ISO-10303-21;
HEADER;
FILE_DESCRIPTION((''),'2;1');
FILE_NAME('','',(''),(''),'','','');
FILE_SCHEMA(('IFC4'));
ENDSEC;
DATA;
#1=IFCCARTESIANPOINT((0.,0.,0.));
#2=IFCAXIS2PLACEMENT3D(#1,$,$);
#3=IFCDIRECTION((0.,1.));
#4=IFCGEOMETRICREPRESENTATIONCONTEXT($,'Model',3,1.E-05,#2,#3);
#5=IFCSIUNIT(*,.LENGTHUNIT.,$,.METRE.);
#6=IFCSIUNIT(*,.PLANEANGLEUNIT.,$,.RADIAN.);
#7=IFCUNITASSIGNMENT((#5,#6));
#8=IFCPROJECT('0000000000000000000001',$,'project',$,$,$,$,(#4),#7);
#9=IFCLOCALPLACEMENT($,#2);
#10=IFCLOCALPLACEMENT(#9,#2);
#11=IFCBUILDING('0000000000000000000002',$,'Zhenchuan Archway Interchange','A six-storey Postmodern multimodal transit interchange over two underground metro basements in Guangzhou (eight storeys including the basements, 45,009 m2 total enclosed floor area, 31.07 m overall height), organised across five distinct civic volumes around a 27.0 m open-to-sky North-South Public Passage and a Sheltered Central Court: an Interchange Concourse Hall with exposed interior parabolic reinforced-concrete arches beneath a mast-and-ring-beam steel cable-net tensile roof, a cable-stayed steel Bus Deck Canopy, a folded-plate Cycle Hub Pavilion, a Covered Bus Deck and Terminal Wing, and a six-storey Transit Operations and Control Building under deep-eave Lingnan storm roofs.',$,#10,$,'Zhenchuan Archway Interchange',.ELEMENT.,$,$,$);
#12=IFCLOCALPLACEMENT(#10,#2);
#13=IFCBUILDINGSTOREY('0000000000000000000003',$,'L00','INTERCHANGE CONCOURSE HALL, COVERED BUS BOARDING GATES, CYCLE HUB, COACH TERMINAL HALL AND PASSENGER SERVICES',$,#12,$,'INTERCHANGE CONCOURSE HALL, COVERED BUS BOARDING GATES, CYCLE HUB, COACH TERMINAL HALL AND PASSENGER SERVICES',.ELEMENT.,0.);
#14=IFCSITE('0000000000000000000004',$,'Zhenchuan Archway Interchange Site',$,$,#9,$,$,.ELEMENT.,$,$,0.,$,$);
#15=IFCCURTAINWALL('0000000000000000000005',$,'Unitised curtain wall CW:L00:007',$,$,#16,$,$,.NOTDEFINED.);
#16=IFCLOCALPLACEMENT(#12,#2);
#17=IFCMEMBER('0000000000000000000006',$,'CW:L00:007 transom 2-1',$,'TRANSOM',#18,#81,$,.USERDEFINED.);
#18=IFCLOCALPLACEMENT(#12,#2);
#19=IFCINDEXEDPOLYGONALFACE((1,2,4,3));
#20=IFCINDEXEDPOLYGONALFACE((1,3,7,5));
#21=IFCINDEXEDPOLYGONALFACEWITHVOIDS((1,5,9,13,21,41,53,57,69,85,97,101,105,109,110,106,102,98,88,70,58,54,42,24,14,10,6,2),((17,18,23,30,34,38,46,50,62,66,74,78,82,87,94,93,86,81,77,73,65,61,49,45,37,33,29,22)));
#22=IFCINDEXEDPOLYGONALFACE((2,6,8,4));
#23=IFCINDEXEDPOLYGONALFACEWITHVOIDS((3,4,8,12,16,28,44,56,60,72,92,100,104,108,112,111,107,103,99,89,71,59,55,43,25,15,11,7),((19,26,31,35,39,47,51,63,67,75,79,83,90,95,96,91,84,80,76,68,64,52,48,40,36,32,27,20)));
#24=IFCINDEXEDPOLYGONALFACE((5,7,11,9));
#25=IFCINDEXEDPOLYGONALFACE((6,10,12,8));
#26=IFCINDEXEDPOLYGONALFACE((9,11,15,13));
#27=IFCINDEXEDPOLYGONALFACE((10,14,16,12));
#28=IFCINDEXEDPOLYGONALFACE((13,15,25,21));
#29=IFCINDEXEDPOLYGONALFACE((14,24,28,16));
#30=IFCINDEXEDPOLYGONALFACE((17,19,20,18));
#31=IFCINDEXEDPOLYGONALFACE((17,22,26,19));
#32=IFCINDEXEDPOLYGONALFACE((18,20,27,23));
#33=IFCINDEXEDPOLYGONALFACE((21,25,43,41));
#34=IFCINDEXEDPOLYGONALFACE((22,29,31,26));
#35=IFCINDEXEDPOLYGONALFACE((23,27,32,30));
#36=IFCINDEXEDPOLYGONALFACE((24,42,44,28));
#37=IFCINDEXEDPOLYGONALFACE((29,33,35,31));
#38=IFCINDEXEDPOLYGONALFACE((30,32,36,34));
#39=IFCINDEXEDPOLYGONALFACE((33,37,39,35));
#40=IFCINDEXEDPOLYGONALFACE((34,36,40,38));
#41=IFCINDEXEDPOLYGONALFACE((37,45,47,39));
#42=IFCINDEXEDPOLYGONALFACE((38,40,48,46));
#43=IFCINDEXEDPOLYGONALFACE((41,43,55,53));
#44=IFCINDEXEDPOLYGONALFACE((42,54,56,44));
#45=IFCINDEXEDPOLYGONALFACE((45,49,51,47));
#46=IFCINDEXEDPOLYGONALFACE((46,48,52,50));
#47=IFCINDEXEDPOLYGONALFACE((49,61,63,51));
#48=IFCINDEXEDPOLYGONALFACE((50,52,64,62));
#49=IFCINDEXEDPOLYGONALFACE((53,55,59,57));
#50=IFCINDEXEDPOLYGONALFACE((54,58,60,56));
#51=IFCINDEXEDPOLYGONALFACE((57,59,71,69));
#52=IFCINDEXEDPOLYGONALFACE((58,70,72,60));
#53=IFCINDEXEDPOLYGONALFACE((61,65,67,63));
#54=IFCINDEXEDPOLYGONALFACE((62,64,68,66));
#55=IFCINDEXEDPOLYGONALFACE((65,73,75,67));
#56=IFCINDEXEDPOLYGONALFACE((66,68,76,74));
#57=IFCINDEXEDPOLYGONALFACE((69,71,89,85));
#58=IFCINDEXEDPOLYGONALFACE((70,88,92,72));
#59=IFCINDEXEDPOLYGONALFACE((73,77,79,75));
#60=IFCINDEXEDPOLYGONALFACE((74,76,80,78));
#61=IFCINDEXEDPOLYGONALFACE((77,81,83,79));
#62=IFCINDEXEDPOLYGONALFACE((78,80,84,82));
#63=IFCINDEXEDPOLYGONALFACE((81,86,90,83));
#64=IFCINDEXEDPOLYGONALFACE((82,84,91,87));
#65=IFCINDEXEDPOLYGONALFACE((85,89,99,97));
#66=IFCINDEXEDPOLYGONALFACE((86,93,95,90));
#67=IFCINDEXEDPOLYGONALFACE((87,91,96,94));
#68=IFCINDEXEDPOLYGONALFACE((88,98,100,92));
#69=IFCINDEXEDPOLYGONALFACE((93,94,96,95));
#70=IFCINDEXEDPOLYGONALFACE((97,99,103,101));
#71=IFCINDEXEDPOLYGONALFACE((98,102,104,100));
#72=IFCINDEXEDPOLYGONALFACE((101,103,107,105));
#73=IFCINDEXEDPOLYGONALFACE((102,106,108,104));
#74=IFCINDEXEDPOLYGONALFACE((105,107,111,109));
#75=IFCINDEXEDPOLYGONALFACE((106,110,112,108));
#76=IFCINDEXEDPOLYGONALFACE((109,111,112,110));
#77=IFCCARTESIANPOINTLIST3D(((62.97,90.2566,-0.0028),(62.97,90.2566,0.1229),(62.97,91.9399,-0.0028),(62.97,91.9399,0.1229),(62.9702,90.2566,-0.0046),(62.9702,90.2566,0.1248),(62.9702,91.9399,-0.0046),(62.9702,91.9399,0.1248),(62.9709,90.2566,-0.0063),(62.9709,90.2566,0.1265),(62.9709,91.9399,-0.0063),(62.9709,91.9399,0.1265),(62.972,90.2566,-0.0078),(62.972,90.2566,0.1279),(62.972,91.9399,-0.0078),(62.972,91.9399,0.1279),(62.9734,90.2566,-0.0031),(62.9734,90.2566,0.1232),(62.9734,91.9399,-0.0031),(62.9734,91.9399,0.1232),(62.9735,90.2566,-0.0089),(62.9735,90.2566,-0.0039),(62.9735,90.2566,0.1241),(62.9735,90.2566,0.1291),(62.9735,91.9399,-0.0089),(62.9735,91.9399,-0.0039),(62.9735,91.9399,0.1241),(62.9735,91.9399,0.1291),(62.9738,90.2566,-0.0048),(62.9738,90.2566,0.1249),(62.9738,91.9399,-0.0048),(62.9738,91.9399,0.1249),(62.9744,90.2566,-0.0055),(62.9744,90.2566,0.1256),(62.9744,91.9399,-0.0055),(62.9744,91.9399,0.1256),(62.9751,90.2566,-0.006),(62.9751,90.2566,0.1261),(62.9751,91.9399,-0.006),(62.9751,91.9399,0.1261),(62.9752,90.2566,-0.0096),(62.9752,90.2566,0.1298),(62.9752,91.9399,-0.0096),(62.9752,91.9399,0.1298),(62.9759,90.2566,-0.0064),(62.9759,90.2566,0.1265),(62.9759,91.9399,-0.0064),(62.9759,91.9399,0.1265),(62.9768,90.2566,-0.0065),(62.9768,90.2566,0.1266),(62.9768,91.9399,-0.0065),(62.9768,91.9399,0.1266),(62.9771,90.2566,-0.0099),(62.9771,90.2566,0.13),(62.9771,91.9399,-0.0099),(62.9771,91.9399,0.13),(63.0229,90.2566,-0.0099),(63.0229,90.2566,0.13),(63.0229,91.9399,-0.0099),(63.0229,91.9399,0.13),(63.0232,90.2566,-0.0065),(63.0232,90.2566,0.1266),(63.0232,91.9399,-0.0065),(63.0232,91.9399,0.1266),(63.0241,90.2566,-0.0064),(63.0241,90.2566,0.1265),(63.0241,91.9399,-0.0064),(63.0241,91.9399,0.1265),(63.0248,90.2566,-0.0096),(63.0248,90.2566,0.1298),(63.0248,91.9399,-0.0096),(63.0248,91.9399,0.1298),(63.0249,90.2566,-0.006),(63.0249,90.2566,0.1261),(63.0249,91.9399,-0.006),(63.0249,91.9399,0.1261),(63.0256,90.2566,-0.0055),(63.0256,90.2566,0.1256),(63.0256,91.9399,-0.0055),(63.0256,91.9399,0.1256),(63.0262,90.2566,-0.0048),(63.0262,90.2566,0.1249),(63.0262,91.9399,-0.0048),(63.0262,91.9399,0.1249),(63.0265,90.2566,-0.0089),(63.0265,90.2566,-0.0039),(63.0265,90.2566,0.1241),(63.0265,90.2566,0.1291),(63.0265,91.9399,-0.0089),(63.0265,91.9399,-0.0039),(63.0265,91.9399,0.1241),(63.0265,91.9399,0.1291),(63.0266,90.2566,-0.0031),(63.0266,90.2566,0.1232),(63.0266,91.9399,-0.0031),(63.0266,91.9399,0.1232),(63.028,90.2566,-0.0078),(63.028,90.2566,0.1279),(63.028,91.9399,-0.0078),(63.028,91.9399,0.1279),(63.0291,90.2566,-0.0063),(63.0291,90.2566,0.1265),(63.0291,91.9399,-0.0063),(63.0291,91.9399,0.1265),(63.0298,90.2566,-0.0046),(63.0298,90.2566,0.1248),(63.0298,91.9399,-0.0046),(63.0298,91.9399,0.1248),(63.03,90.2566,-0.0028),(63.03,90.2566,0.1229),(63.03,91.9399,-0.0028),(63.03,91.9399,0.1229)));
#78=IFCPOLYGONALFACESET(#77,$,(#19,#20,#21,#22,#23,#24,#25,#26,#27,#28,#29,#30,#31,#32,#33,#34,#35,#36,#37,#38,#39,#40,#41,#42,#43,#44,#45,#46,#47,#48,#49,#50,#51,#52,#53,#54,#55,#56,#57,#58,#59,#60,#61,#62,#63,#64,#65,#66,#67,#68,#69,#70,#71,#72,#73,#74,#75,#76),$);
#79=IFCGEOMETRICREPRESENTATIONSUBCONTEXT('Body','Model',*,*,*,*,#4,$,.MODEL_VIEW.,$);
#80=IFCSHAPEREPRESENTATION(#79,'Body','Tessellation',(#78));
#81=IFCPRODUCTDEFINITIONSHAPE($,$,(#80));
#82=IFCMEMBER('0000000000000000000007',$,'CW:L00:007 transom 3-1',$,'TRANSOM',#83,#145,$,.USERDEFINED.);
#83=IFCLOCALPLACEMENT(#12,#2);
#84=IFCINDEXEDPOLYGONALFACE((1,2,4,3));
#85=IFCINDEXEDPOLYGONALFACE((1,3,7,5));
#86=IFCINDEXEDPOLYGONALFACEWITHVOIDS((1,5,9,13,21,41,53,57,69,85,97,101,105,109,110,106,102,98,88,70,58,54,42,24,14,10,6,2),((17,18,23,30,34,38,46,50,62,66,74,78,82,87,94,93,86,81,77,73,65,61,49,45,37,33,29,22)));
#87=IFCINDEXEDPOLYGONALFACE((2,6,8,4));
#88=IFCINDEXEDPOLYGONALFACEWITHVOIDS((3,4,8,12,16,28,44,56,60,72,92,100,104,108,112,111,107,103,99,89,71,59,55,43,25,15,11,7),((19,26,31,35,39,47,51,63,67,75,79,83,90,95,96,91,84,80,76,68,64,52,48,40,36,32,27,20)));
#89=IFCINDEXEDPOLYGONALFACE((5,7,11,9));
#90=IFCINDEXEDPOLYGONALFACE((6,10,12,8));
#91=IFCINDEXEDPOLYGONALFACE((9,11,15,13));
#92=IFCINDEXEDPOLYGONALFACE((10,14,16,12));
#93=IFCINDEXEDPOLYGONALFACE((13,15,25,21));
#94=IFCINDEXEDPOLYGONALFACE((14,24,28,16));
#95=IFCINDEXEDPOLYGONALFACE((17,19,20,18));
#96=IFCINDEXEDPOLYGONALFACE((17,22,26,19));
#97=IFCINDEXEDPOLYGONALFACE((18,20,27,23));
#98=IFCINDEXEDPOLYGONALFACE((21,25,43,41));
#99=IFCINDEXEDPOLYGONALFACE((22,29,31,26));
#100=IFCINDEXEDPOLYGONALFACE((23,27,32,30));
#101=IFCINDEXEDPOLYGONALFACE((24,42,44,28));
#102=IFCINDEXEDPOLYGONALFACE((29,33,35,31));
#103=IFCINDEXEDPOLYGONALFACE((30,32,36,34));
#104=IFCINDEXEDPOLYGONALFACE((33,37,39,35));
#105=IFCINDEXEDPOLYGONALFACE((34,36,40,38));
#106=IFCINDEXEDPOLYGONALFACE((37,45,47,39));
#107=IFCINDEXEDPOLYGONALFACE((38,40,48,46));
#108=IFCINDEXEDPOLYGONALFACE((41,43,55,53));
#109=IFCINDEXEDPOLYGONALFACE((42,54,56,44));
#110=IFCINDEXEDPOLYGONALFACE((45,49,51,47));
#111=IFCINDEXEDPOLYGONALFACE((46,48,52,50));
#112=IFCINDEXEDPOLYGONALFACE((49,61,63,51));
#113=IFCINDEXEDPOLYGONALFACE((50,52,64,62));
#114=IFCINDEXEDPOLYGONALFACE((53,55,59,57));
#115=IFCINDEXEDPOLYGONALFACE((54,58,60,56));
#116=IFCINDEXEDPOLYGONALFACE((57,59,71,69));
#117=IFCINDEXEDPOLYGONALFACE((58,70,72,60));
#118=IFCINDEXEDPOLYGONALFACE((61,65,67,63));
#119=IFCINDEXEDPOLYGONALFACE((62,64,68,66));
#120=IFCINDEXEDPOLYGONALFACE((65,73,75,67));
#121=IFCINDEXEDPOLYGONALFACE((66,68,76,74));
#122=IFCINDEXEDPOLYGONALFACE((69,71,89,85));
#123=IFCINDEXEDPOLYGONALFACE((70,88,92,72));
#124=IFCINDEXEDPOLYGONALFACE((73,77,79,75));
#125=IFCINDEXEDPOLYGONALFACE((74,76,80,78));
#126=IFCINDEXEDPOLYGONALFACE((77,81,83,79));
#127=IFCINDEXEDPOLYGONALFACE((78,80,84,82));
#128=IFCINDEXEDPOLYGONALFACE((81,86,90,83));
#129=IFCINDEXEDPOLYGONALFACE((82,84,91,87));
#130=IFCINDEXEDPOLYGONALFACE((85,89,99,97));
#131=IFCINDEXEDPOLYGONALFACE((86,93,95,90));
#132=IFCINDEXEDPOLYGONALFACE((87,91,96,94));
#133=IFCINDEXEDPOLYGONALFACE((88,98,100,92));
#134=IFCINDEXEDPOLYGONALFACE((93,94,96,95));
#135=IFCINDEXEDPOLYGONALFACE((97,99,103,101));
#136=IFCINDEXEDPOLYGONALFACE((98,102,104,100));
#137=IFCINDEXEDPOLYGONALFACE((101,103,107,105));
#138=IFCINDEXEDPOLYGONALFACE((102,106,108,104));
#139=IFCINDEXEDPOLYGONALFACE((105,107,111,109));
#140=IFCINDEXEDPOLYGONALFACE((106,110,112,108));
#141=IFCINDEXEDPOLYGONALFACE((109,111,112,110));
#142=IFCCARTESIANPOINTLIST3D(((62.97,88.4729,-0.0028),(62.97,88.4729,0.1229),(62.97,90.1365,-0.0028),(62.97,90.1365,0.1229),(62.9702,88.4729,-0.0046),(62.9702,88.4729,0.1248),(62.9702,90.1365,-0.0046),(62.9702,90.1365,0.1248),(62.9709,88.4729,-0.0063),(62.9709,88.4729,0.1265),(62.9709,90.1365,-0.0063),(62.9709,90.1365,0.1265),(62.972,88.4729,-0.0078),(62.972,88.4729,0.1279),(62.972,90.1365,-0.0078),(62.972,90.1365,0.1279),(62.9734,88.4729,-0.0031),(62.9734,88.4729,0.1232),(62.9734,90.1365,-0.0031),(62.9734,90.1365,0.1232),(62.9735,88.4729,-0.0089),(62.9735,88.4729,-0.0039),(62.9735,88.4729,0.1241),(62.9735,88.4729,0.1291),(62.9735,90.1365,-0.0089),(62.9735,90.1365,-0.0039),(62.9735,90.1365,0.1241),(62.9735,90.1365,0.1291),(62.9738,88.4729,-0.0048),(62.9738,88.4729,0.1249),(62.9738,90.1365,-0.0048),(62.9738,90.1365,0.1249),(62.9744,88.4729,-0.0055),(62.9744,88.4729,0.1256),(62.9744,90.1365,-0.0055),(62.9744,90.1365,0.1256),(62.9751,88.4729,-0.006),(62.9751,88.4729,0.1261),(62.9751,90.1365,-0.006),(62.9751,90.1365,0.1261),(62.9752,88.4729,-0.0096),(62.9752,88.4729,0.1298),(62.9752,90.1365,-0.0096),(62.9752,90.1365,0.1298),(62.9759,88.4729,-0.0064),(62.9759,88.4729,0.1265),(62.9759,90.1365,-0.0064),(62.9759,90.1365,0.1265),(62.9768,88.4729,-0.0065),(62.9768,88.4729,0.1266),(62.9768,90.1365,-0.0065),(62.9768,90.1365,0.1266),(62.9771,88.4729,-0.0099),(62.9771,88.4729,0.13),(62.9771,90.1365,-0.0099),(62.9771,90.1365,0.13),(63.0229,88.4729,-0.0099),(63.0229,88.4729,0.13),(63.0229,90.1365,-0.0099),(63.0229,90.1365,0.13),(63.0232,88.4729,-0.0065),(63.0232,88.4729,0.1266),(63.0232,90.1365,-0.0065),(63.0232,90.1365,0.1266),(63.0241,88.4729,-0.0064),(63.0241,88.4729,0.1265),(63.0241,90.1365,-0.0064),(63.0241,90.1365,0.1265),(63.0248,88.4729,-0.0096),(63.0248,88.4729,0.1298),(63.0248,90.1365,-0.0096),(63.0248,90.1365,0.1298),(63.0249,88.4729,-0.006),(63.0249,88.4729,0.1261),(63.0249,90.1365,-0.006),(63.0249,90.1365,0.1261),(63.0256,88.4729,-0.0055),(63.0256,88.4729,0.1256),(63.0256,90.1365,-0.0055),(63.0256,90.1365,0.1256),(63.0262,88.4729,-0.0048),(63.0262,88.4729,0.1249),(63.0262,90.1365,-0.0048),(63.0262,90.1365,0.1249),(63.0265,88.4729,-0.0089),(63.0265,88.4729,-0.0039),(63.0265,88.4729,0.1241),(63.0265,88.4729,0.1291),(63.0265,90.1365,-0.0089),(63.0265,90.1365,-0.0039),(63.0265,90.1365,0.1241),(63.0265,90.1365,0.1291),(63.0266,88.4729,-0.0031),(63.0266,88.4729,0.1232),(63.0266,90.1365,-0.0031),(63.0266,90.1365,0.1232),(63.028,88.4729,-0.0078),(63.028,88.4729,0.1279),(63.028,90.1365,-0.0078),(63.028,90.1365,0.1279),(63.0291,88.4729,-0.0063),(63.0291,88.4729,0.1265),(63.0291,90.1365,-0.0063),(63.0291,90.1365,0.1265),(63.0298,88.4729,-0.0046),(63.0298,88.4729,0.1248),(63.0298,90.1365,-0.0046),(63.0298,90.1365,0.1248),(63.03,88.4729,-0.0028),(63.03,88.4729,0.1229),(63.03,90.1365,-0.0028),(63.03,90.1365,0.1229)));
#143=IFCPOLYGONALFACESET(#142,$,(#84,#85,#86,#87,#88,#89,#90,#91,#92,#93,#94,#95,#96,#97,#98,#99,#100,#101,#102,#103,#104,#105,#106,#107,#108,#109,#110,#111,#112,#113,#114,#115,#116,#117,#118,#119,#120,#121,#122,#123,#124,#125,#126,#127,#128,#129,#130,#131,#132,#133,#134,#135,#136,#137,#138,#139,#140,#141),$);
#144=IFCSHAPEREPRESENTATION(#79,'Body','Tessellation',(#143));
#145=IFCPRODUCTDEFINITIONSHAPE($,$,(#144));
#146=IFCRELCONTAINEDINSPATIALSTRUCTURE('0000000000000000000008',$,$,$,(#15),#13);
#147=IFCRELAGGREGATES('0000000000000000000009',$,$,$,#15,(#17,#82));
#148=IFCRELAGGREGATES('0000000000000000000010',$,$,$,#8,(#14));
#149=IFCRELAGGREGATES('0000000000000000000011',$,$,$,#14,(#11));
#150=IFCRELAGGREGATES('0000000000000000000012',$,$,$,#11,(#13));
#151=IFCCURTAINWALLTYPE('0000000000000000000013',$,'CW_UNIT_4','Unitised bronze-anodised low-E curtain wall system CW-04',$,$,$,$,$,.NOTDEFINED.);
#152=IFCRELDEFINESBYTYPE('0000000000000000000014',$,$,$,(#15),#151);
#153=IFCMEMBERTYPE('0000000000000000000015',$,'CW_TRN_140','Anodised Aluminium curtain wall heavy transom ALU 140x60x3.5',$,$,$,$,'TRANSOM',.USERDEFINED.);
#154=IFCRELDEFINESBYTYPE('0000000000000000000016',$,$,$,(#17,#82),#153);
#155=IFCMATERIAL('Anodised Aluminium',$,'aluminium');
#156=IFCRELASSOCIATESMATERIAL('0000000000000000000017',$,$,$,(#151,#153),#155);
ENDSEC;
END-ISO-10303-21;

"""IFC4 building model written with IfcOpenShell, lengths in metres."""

from ifc_helpers import new_model, si_unit, direction, frame, origin, origin_2d, place, context, subcontext, project, spatial, hollow_rectangle, extrude, material, material_profile, profile_set, type_object, element, aggregate, save


model = new_model("IFC4")

# Units and contexts
model_context = context("Model", 3, precision=1e-05, world=origin(), true_north=direction((0.0, 1.0)))
body_context = subcontext(model_context, "Body", "Model", "MODEL_VIEW")
ifc_project = project(units=[si_unit("LENGTHUNIT", "METRE"), si_unit("PLANEANGLEUNIT", "RADIAN")], contexts=[model_context])

# Site, building, storey
site_placement = place(None, origin())
site = spatial("IfcSite", under=ifc_project, at=site_placement, Name="Zhenchuan Archway Interchange Site", CompositionType="ELEMENT", RefElevation=0.0)
building_placement = place(site_placement, origin())
building = spatial("IfcBuilding", under=site, at=building_placement, Name="Zhenchuan Archway Interchange", Description="A six-storey Postmodern multimodal transit interchange over two underground metro basements in Guangzhou (eight storeys including the basements, 45,009 m2 total enclosed floor area, 31.07 m overall height), organised across five distinct civic volumes around a 27.0 m open-to-sky North-South Public Passage and a Sheltered Central Court: an Interchange Concourse Hall with exposed interior parabolic reinforced-concrete arches beneath a mast-and-ring-beam steel cable-net tensile roof, a cable-stayed steel Bus Deck Canopy, a folded-plate Cycle Hub Pavilion, a Covered Bus Deck and Terminal Wing, and a six-storey Transit Operations and Control Building under deep-eave Lingnan storm roofs.", LongName="Zhenchuan Archway Interchange", CompositionType="ELEMENT")
storey_placement = place(building_placement, origin())
storey = spatial("IfcBuildingStorey", under=building, at=storey_placement, Name="L00", Description="INTERCHANGE CONCOURSE HALL, COVERED BUS BOARDING GATES, CYCLE HUB, COACH TERMINAL HALL AND PASSENGER SERVICES", LongName="INTERCHANGE CONCOURSE HALL, COVERED BUS BOARDING GATES, CYCLE HUB, COACH TERMINAL HALL AND PASSENGER SERVICES", CompositionType="ELEMENT", Elevation=0.0)

# Curtain wall, members
ifc_material_1 = material(Name="Anodised Aluminium", Category="aluminium")
curtain_wall_type = type_object("IfcCurtainWallType", Name="CW_UNIT_4", Description="Unitised bronze-anodised low-E curtain wall system CW-04", PredefinedType="NOTDEFINED", material=ifc_material_1)
curtain_wall_placement = place(storey_placement, origin())
curtain_wall = element("IfcCurtainWall", 1, at=curtain_wall_placement, inside=storey, type_object=curtain_wall_type, Name="Unitised curtain wall CW:L00:007", PredefinedType="NOTDEFINED")
ifc_material_profile_1 = material_profile(ifc_material_1, hollow_rectangle(XDim=0.0601, YDim=0.1399, WallThickness=0.0034, InnerFilletRadius=0.0034, OuterFilletRadius=0.0071, at=origin_2d()), Name="ALU 140x60x3.5")
ifc_profile_set_1 = profile_set([ifc_material_profile_1], Name="Anodised Aluminium")
member_type_1 = type_object("IfcMemberType", Name="CW_TRN_140", Description="Anodised Aluminium curtain wall heavy transom ALU 140x60x3.5", ElementType="TRANSOM", PredefinedType="USERDEFINED", material=ifc_profile_set_1)
member_1_placement = place(storey_placement, frame((63.0, 91.9399, 0.0601), z_axis=(0.0, -1.0, 0.0), x_axis=(1.0, 0.0, 0.0)))
member_1 = element("IfcMember", 2, at=member_1_placement, type_object=member_type_1, Name="CW:L00:007 transom 2-1", ObjectType="TRANSOM", PredefinedType="USERDEFINED", context=body_context, shape_type="SweptSolid", body=[
    extrude(hollow_rectangle(XDim=0.0601, YDim=0.1399, WallThickness=0.0034, InnerFilletRadius=0.0034, OuterFilletRadius=0.0071, at=origin_2d()), origin(), (0.0, 0.0, 1.0), 1.6833),
])
member_2_placement = place(storey_placement, frame((63.0, 90.1365, 0.0601), z_axis=(0.0, -1.0, 0.0), x_axis=(1.0, 0.0, 0.0)))
member_2 = element("IfcMember", 3, at=member_2_placement, type_object=member_type_1, Name="CW:L00:007 transom 3-1", ObjectType="TRANSOM", PredefinedType="USERDEFINED", context=body_context, shape_type="SweptSolid", body=[
    extrude(hollow_rectangle(XDim=0.0601, YDim=0.1399, WallThickness=0.0034, InnerFilletRadius=0.0034, OuterFilletRadius=0.0071, at=origin_2d()), origin(), (0.0, 0.0, 1.0), 1.6636),
])

aggregate(curtain_wall, [member_1, member_2])

save(model, "model.ifc")
